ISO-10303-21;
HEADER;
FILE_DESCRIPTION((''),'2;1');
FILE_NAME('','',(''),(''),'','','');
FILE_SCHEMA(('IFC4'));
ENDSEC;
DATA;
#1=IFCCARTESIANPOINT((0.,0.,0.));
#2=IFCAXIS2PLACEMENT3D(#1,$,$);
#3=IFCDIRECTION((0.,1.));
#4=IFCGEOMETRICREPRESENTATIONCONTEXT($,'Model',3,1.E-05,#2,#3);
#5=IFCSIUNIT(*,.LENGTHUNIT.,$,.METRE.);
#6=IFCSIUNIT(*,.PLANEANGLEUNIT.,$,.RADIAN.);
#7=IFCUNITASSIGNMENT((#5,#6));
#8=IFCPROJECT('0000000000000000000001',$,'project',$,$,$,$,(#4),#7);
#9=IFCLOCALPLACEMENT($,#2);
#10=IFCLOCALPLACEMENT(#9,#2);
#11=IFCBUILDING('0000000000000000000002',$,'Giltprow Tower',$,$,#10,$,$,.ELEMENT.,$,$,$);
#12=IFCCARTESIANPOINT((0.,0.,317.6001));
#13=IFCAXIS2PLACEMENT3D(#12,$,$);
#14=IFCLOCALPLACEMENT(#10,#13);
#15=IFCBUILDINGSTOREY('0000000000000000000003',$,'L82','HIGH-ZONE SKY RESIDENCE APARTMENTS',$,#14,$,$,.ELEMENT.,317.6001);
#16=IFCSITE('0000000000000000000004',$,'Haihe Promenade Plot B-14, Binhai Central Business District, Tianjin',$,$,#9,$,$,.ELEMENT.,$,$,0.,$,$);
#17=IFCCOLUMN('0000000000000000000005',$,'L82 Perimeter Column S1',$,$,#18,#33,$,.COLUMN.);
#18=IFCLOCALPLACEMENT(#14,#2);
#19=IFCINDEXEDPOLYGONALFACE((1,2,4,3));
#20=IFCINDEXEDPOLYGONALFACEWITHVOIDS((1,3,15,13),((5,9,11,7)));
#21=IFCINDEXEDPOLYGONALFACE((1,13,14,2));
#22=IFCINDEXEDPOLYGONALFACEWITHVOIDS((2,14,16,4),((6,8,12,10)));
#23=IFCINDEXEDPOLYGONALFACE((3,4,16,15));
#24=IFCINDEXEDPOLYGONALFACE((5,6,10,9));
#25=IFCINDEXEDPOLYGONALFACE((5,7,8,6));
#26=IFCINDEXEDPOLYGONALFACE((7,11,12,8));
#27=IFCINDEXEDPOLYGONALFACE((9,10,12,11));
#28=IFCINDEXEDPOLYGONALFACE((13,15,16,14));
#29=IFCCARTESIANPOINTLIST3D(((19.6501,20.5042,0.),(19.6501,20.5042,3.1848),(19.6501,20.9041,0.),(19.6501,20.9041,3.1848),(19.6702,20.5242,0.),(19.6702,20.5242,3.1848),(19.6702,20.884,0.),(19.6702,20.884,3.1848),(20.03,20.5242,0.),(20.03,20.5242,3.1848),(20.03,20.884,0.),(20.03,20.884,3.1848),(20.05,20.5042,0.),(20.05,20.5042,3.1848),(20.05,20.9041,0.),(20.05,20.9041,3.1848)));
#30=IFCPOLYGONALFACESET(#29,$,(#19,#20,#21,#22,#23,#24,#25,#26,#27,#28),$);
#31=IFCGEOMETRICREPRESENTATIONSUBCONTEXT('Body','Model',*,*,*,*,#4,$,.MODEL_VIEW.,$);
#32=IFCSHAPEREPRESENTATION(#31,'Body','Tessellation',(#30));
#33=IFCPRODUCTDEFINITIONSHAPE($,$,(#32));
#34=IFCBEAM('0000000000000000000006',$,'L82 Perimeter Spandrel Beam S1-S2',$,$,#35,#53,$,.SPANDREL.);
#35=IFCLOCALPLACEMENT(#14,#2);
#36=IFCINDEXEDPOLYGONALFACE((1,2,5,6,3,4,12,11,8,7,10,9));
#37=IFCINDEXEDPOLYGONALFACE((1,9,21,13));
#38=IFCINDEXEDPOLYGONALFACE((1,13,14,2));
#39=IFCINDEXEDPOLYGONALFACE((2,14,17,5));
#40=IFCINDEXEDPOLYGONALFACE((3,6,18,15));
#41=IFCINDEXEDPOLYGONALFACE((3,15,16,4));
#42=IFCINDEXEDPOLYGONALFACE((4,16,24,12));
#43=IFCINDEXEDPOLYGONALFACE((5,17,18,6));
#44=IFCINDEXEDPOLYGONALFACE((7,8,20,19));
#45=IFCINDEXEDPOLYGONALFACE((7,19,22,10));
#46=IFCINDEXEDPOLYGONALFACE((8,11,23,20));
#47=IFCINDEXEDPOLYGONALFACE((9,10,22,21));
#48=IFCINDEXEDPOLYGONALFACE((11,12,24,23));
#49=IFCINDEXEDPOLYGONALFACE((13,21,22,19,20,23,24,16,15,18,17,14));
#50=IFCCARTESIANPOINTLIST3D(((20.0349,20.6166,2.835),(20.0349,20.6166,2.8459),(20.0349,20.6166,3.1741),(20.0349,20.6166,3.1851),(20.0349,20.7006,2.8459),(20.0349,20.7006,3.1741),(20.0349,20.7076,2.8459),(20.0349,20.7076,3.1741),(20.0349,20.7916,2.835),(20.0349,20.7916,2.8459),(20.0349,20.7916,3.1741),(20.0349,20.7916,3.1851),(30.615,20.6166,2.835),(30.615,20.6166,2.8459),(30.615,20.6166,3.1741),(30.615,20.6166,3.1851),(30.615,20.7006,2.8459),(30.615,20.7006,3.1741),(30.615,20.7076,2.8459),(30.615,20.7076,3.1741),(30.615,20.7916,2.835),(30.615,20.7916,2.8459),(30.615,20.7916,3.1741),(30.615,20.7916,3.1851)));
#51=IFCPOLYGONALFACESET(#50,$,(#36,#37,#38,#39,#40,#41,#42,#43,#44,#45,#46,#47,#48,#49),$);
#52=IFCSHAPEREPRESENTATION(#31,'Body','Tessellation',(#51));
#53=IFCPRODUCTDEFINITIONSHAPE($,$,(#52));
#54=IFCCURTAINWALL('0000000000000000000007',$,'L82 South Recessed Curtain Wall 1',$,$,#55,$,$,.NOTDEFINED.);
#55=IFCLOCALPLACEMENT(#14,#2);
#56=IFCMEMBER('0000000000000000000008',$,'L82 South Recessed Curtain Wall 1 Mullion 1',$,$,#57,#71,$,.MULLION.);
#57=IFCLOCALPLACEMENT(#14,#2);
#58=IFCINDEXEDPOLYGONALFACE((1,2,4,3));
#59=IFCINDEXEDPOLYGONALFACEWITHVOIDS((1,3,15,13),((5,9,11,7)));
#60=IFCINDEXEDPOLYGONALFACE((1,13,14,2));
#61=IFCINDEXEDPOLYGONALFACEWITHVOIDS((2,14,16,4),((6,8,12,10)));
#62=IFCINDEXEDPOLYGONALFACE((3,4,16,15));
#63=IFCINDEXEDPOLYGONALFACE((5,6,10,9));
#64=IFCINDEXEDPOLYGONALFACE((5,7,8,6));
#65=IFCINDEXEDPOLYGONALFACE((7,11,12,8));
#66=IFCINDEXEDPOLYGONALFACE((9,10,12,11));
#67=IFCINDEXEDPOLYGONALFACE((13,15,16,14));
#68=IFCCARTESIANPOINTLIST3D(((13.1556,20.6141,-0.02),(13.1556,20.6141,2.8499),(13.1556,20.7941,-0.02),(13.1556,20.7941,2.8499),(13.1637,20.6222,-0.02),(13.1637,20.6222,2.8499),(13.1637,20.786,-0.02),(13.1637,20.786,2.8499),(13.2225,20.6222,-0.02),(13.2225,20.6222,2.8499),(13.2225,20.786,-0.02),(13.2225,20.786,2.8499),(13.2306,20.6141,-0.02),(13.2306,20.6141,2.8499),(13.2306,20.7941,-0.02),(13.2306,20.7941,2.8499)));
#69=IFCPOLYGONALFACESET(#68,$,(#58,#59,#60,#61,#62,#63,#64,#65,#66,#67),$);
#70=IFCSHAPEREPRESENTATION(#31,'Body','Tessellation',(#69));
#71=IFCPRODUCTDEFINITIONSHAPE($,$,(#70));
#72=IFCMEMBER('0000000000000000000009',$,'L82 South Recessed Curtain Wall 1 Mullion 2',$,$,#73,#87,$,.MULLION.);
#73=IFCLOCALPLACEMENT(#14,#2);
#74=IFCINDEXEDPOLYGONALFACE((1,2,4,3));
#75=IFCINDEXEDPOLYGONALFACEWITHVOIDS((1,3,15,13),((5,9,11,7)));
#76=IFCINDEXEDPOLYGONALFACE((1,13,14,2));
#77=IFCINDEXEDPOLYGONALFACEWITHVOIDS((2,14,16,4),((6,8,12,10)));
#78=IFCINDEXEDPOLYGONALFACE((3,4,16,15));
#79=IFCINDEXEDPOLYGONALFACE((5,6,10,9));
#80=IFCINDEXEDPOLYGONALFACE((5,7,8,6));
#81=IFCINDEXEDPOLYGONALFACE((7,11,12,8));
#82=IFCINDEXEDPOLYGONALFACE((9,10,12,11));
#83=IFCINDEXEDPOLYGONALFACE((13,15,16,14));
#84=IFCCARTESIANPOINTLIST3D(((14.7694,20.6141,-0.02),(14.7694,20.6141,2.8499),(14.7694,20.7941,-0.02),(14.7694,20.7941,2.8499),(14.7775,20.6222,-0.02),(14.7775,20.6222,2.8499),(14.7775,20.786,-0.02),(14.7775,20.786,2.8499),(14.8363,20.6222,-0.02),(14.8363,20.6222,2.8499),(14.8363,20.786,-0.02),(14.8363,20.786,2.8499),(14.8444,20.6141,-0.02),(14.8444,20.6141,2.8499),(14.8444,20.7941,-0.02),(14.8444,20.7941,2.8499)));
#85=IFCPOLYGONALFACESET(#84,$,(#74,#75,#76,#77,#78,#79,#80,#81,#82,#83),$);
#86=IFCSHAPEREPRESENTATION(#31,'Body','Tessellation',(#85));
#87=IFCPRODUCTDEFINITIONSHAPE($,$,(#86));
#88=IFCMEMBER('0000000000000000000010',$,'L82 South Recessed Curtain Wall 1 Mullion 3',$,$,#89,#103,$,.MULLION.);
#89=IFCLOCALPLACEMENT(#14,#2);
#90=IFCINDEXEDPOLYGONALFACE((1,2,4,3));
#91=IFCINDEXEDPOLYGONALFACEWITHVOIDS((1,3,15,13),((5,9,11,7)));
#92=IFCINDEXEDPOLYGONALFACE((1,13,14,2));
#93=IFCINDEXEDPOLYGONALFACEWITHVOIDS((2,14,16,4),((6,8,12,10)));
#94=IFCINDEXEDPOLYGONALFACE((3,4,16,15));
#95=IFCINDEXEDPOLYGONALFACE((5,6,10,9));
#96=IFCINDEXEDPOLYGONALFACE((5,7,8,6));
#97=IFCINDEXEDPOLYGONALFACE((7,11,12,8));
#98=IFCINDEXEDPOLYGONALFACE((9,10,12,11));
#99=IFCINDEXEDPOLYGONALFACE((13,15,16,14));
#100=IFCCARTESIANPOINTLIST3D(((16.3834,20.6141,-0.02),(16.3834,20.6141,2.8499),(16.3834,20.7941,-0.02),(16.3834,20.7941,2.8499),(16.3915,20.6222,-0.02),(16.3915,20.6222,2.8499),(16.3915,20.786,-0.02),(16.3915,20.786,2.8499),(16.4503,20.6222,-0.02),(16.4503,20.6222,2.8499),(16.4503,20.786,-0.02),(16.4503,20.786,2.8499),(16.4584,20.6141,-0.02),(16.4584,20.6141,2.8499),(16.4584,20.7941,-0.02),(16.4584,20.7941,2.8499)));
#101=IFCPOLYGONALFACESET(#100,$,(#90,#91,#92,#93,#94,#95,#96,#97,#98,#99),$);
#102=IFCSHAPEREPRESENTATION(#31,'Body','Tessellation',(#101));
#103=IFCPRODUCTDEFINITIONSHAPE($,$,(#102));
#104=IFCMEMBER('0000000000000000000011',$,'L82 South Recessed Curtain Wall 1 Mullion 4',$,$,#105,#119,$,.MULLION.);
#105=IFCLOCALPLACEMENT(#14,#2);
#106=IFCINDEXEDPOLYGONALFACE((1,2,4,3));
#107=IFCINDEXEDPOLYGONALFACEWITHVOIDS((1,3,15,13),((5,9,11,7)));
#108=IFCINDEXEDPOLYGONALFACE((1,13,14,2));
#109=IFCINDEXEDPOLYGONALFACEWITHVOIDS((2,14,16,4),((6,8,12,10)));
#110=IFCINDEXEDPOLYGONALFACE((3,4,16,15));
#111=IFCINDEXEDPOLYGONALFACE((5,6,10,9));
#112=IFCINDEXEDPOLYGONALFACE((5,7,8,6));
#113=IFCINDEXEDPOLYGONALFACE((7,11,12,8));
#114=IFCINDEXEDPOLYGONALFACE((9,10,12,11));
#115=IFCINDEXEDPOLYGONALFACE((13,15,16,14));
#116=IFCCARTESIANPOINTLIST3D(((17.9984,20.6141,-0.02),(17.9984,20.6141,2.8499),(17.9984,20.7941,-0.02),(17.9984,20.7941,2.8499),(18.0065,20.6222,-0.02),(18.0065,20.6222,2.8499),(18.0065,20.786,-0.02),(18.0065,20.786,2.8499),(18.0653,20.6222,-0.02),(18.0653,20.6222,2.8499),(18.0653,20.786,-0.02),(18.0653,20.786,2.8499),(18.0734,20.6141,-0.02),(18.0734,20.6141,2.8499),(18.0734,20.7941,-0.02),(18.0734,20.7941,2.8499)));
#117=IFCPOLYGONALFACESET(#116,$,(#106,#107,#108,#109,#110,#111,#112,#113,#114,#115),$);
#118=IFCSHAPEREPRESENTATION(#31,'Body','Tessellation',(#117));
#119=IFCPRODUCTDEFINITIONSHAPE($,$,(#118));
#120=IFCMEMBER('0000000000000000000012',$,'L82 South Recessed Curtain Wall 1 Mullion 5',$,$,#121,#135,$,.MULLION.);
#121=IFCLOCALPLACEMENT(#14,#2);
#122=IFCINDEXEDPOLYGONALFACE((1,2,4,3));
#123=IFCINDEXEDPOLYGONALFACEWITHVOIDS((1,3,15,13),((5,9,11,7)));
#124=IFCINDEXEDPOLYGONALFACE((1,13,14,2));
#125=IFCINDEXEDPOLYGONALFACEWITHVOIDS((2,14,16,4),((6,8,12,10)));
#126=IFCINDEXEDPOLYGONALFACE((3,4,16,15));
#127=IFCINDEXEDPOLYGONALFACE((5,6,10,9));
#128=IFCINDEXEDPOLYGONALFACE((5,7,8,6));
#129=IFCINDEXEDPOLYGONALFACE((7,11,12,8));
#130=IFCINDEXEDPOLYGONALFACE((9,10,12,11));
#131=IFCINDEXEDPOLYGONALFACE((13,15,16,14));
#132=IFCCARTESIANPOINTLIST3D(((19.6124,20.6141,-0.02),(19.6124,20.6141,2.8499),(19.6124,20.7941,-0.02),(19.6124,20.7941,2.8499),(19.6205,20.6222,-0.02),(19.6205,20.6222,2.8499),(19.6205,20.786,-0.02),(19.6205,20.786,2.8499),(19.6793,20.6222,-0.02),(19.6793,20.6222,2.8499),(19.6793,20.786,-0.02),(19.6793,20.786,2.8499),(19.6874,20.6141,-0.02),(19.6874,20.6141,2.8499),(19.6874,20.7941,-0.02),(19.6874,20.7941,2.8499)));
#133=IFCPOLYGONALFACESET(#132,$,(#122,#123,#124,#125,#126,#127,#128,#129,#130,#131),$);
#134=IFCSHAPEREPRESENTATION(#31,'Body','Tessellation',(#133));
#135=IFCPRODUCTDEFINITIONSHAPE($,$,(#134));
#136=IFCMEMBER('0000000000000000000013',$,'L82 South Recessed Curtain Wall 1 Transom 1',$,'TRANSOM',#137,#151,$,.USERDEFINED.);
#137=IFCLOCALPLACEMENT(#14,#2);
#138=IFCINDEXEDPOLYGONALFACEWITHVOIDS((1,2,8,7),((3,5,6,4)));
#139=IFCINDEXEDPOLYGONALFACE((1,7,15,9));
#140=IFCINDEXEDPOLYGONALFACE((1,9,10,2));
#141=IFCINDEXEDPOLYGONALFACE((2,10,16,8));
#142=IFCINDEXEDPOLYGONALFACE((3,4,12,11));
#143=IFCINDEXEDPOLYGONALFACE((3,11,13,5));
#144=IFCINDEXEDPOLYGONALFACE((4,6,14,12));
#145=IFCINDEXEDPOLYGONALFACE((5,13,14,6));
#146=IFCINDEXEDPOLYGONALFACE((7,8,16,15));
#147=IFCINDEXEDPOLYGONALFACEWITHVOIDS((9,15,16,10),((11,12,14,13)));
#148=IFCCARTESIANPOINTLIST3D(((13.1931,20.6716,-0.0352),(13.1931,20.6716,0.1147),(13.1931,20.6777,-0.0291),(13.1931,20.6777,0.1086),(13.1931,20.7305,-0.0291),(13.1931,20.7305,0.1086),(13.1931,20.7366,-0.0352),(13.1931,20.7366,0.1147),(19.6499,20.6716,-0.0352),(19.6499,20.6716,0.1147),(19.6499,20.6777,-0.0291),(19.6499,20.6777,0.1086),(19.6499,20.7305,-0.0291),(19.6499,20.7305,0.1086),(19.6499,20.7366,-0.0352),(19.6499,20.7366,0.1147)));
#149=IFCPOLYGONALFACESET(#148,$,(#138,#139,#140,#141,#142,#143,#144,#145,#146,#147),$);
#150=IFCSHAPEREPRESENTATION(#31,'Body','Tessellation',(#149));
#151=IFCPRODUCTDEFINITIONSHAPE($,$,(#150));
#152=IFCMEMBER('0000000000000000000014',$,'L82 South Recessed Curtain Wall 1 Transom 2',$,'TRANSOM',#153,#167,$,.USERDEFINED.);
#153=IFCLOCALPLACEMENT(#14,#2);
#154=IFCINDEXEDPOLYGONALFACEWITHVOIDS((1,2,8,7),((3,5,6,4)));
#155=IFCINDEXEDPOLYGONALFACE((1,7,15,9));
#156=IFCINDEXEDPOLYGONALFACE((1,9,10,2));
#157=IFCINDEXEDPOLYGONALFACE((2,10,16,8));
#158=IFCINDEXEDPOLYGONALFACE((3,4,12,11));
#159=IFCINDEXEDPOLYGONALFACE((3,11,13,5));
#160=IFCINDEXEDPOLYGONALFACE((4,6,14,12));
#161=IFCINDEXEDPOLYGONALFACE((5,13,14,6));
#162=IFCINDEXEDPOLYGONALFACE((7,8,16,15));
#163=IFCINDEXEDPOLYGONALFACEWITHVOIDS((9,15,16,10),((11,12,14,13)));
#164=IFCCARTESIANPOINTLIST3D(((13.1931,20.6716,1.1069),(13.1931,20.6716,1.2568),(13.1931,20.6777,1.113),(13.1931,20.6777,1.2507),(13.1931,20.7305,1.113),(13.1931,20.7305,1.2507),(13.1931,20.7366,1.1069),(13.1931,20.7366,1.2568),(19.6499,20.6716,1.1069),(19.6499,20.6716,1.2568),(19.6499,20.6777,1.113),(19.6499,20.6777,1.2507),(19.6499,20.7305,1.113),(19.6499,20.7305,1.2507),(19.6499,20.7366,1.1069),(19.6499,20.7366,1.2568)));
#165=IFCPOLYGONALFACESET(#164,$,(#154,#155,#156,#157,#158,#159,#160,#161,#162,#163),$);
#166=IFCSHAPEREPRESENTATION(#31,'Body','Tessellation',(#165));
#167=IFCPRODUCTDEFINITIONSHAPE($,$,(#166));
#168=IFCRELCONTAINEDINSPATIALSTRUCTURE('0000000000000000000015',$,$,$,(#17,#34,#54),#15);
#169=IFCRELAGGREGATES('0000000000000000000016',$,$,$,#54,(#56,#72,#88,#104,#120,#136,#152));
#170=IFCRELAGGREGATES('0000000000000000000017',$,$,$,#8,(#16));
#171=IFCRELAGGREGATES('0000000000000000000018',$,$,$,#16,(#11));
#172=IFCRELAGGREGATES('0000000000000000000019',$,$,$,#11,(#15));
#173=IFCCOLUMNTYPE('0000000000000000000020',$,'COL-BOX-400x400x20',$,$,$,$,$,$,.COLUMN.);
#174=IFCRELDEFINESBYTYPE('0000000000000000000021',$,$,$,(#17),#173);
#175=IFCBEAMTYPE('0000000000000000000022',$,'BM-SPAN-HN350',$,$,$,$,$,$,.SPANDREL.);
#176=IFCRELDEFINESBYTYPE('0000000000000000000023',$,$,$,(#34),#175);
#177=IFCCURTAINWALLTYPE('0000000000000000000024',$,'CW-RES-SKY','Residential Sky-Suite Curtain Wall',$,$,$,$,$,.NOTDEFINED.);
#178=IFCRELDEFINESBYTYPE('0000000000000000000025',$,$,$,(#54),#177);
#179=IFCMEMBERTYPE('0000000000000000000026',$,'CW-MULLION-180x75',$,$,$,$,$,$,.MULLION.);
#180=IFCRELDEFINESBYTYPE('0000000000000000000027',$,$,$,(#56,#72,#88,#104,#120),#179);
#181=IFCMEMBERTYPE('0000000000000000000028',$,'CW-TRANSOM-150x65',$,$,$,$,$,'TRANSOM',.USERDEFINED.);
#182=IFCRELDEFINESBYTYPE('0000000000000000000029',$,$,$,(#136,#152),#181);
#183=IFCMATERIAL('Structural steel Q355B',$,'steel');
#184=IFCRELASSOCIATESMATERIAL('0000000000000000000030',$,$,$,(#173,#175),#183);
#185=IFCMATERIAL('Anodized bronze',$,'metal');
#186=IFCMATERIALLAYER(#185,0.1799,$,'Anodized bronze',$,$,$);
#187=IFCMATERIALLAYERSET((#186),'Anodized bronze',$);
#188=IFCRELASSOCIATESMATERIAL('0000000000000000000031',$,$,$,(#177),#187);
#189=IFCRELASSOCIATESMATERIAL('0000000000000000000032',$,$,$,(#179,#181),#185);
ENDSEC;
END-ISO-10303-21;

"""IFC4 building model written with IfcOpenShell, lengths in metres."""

from ifc_helpers import new_model, si_unit, direction, frame, origin, origin_2d, place, context, subcontext, project, spatial, hollow_rectangle, i_section, extrude, source, transform, mapped, material, layer, layer_set, material_profile, profile_set, type_object, element, aggregate, save


model = new_model("IFC4")

# Units and contexts
model_context = context("Model", 3, precision=1e-05, world=origin(), true_north=direction((0.0, 1.0)))
body_context = subcontext(model_context, "Body", "Model", "MODEL_VIEW")
ifc_project = project(units=[si_unit("LENGTHUNIT", "METRE"), si_unit("PLANEANGLEUNIT", "RADIAN")], contexts=[model_context])

# Site, building, storey
site_placement = place(None, origin())
site = spatial("IfcSite", under=ifc_project, at=site_placement, Name="Haihe Promenade Plot B-14, Binhai Central Business District, Tianjin", CompositionType="ELEMENT", RefElevation=0.0)
building_placement = place(site_placement, origin())
building = spatial("IfcBuilding", under=site, at=building_placement, Name="Giltprow Tower", CompositionType="ELEMENT")
storey_placement = place(building_placement, frame((0.0, 0.0, 317.6001)))
storey = spatial("IfcBuildingStorey", under=building, at=storey_placement, Name="L82", Description="HIGH-ZONE SKY RESIDENCE APARTMENTS", CompositionType="ELEMENT", Elevation=317.6001)

# Column
ifc_material_1 = material(Name="Structural steel Q355B", Category="steel")
ifc_material_profile_1 = material_profile(ifc_material_1, hollow_rectangle(XDim=0.3999, YDim=0.3999, WallThickness=0.02, at=origin_2d()), Name="BOX 400x400x20")
ifc_profile_set_1 = profile_set([ifc_material_profile_1], Name="Structural steel Q355B")
column_type = type_object("IfcColumnType", Name="COL-BOX-400x400x20", PredefinedType="COLUMN", material=ifc_profile_set_1)
shared_shape_1 = source(origin(), body_context, "Body", "SweptSolid", [
    extrude(hollow_rectangle(XDim=0.3999, YDim=0.3999, WallThickness=0.02, at=origin_2d()), origin(), (0.0, 0.0, 1.0), 3.1848),
])
column_placement = place(storey_placement, frame((19.8501, 20.7041, 0.0), z_axis=(0.0, 0.0, 1.0), x_axis=(1.0, 0.0, 0.0)))
element("IfcColumn", 1, at=column_placement, inside=storey, type_object=column_type, Name="L82 Perimeter Column S1", PredefinedType="COLUMN", context=body_context, shape_type="MappedRepresentation", body=[
    mapped(shared_shape_1, transform((0.0, 0.0, 0.0), x_axis=(1.0, 0.0, 0.0), y_axis=(0.0, 1.0, 0.0), z_axis=(0.0, 0.0, 1.0), scale=1.0)),
])

# Beam
ifc_material_profile_2 = material_profile(ifc_material_1, i_section(OverallWidth=0.175, OverallDepth=0.3501, WebThickness=0.0071, FlangeThickness=0.011, at=origin_2d()), Name="HN 350x175x7x11")
ifc_profile_set_2 = profile_set([ifc_material_profile_2], Name="Structural steel Q355B")
beam_type = type_object("IfcBeamType", Name="BM-SPAN-HN350", PredefinedType="SPANDREL", material=ifc_profile_set_2)
shared_shape_2 = source(origin(), body_context, "Body", "SweptSolid", [
    extrude(i_section(OverallWidth=0.175, OverallDepth=0.3501, WebThickness=0.0071, FlangeThickness=0.011, at=origin_2d()), origin(), (0.0, 0.0, 1.0), 10.5801),
])
beam_placement = place(storey_placement, frame((20.0349, 20.7041, 3.01), z_axis=(1.0, 0.0, 0.0), x_axis=(0.0, 1.0, 0.0)))
element("IfcBeam", 2, at=beam_placement, inside=storey, type_object=beam_type, Name="L82 Perimeter Spandrel Beam S1-S2", PredefinedType="SPANDREL", context=body_context, shape_type="MappedRepresentation", body=[
    mapped(shared_shape_2, transform((0.0, 0.0, 0.0), x_axis=(1.0, 0.0, 0.0), y_axis=(0.0, 1.0, 0.0), z_axis=(0.0, 0.0, 1.0), scale=1.0)),
])

# Curtain wall, members
ifc_material_2 = material(Name="Anodized bronze", Category="metal")
ifc_layer_1 = layer(ifc_material_2, 0.1799, Name="Anodized bronze")
ifc_layer_set_1 = layer_set([ifc_layer_1], Name="Anodized bronze")
curtain_wall_type = type_object("IfcCurtainWallType", Name="CW-RES-SKY", Description="Residential Sky-Suite Curtain Wall", PredefinedType="NOTDEFINED", material=ifc_layer_set_1)
curtain_wall_placement = place(storey_placement, origin())
curtain_wall = element("IfcCurtainWall", 3, at=curtain_wall_placement, inside=storey, type_object=curtain_wall_type, Name="L82 South Recessed Curtain Wall 1", PredefinedType="NOTDEFINED")
ifc_material_profile_3 = material_profile(ifc_material_2, hollow_rectangle(XDim=0.075, YDim=0.1799, WallThickness=0.0081, at=origin_2d()), Name="RHS 180x75x8")
ifc_profile_set_3 = profile_set([ifc_material_profile_3], Name="Anodized bronze")
member_type_1 = type_object("IfcMemberType", Name="CW-MULLION-180x75", PredefinedType="MULLION", material=ifc_profile_set_3)
shared_shape_3 = source(origin(), body_context, "Body", "SweptSolid", [
    extrude(hollow_rectangle(XDim=0.075, YDim=0.1799, WallThickness=0.0081, at=origin_2d()), origin(), (0.0, 0.0, 1.0), 2.8699),
])
member_1_placement = place(storey_placement, frame((13.1931, 20.7041, -0.02), z_axis=(0.0, 0.0, 1.0), x_axis=(1.0, 0.0, 0.0)))
member_1 = element("IfcMember", 4, at=member_1_placement, type_object=member_type_1, Name="L82 South Recessed Curtain Wall 1 Mullion 1", PredefinedType="MULLION", context=body_context, shape_type="MappedRepresentation", body=[
    mapped(shared_shape_3, transform((0.0, 0.0, 0.0), x_axis=(1.0, 0.0, 0.0), y_axis=(0.0, 1.0, 0.0), z_axis=(0.0, 0.0, 1.0), scale=1.0)),
])
member_2_placement = place(storey_placement, frame((14.8069, 20.7041, -0.02), z_axis=(0.0, 0.0, 1.0), x_axis=(1.0, 0.0, 0.0)))
member_2 = element("IfcMember", 5, at=member_2_placement, type_object=member_type_1, Name="L82 South Recessed Curtain Wall 1 Mullion 2", PredefinedType="MULLION", context=body_context, shape_type="MappedRepresentation", body=[
    mapped(shared_shape_3, transform((0.0, 0.0, 0.0), x_axis=(1.0, 0.0, 0.0), y_axis=(0.0, 1.0, 0.0), z_axis=(0.0, 0.0, 1.0), scale=1.0)),
])
member_3_placement = place(storey_placement, frame((16.4209, 20.7041, -0.02), z_axis=(0.0, 0.0, 1.0), x_axis=(1.0, 0.0, 0.0)))
member_3 = element("IfcMember", 6, at=member_3_placement, type_object=member_type_1, Name="L82 South Recessed Curtain Wall 1 Mullion 3", PredefinedType="MULLION", context=body_context, shape_type="MappedRepresentation", body=[
    mapped(shared_shape_3, transform((0.0, 0.0, 0.0), x_axis=(1.0, 0.0, 0.0), y_axis=(0.0, 1.0, 0.0), z_axis=(0.0, 0.0, 1.0), scale=1.0)),
])
member_4_placement = place(storey_placement, frame((18.0359, 20.7041, -0.02), z_axis=(0.0, 0.0, 1.0), x_axis=(1.0, 0.0, 0.0)))
member_4 = element("IfcMember", 7, at=member_4_placement, type_object=member_type_1, Name="L82 South Recessed Curtain Wall 1 Mullion 4", PredefinedType="MULLION", context=body_context, shape_type="MappedRepresentation", body=[
    mapped(shared_shape_3, transform((0.0, 0.0, 0.0), x_axis=(1.0, 0.0, 0.0), y_axis=(0.0, 1.0, 0.0), z_axis=(0.0, 0.0, 1.0), scale=1.0)),
])
member_5_placement = place(storey_placement, frame((19.6499, 20.7041, -0.02), z_axis=(0.0, 0.0, 1.0), x_axis=(1.0, 0.0, 0.0)))
member_5 = element("IfcMember", 8, at=member_5_placement, type_object=member_type_1, Name="L82 South Recessed Curtain Wall 1 Mullion 5", PredefinedType="MULLION", context=body_context, shape_type="MappedRepresentation", body=[
    mapped(shared_shape_3, transform((0.0, 0.0, 0.0), x_axis=(1.0, 0.0, 0.0), y_axis=(0.0, 1.0, 0.0), z_axis=(0.0, 0.0, 1.0), scale=1.0)),
])
ifc_material_profile_4 = material_profile(ifc_material_2, hollow_rectangle(XDim=0.0649, YDim=0.1499, WallThickness=0.0061, at=origin_2d()), Name="RHS 150x65x6")
ifc_profile_set_4 = profile_set([ifc_material_profile_4], Name="Anodized bronze")
member_type_2 = type_object("IfcMemberType", Name="CW-TRANSOM-150x65", ElementType="TRANSOM", PredefinedType="USERDEFINED", material=ifc_profile_set_4)
shared_shape_4 = source(origin(), body_context, "Body", "SweptSolid", [
    extrude(hollow_rectangle(XDim=0.0649, YDim=0.1499, WallThickness=0.0061, at=origin_2d()), origin(), (0.0, 0.0, 1.0), 6.4568),
])
member_6_placement = place(storey_placement, frame((13.1931, 20.7041, 0.0398), z_axis=(1.0, 0.0, 0.0), x_axis=(0.0, 1.0, 0.0)))
member_6 = element("IfcMember", 9, at=member_6_placement, type_object=member_type_2, Name="L82 South Recessed Curtain Wall 1 Transom 1", ObjectType="TRANSOM", PredefinedType="USERDEFINED", context=body_context, shape_type="MappedRepresentation", body=[
    mapped(shared_shape_4, transform((0.0, 0.0, 0.0), x_axis=(1.0, 0.0, 0.0), y_axis=(0.0, 1.0, 0.0), z_axis=(0.0, 0.0, 1.0), scale=1.0)),
])
member_7_placement = place(storey_placement, frame((13.1931, 20.7041, 1.1819), z_axis=(1.0, 0.0, 0.0), x_axis=(0.0, 1.0, 0.0)))
member_7 = element("IfcMember", 10, at=member_7_placement, type_object=member_type_2, Name="L82 South Recessed Curtain Wall 1 Transom 2", ObjectType="TRANSOM", PredefinedType="USERDEFINED", context=body_context, shape_type="MappedRepresentation", body=[
    mapped(shared_shape_4, transform((0.0, 0.0, 0.0), x_axis=(1.0, 0.0, 0.0), y_axis=(0.0, 1.0, 0.0), z_axis=(0.0, 0.0, 1.0), scale=1.0)),
])

aggregate(curtain_wall, [member_1, member_2, member_3, member_4, member_5, member_6, member_7])

save(model, "model.ifc")
